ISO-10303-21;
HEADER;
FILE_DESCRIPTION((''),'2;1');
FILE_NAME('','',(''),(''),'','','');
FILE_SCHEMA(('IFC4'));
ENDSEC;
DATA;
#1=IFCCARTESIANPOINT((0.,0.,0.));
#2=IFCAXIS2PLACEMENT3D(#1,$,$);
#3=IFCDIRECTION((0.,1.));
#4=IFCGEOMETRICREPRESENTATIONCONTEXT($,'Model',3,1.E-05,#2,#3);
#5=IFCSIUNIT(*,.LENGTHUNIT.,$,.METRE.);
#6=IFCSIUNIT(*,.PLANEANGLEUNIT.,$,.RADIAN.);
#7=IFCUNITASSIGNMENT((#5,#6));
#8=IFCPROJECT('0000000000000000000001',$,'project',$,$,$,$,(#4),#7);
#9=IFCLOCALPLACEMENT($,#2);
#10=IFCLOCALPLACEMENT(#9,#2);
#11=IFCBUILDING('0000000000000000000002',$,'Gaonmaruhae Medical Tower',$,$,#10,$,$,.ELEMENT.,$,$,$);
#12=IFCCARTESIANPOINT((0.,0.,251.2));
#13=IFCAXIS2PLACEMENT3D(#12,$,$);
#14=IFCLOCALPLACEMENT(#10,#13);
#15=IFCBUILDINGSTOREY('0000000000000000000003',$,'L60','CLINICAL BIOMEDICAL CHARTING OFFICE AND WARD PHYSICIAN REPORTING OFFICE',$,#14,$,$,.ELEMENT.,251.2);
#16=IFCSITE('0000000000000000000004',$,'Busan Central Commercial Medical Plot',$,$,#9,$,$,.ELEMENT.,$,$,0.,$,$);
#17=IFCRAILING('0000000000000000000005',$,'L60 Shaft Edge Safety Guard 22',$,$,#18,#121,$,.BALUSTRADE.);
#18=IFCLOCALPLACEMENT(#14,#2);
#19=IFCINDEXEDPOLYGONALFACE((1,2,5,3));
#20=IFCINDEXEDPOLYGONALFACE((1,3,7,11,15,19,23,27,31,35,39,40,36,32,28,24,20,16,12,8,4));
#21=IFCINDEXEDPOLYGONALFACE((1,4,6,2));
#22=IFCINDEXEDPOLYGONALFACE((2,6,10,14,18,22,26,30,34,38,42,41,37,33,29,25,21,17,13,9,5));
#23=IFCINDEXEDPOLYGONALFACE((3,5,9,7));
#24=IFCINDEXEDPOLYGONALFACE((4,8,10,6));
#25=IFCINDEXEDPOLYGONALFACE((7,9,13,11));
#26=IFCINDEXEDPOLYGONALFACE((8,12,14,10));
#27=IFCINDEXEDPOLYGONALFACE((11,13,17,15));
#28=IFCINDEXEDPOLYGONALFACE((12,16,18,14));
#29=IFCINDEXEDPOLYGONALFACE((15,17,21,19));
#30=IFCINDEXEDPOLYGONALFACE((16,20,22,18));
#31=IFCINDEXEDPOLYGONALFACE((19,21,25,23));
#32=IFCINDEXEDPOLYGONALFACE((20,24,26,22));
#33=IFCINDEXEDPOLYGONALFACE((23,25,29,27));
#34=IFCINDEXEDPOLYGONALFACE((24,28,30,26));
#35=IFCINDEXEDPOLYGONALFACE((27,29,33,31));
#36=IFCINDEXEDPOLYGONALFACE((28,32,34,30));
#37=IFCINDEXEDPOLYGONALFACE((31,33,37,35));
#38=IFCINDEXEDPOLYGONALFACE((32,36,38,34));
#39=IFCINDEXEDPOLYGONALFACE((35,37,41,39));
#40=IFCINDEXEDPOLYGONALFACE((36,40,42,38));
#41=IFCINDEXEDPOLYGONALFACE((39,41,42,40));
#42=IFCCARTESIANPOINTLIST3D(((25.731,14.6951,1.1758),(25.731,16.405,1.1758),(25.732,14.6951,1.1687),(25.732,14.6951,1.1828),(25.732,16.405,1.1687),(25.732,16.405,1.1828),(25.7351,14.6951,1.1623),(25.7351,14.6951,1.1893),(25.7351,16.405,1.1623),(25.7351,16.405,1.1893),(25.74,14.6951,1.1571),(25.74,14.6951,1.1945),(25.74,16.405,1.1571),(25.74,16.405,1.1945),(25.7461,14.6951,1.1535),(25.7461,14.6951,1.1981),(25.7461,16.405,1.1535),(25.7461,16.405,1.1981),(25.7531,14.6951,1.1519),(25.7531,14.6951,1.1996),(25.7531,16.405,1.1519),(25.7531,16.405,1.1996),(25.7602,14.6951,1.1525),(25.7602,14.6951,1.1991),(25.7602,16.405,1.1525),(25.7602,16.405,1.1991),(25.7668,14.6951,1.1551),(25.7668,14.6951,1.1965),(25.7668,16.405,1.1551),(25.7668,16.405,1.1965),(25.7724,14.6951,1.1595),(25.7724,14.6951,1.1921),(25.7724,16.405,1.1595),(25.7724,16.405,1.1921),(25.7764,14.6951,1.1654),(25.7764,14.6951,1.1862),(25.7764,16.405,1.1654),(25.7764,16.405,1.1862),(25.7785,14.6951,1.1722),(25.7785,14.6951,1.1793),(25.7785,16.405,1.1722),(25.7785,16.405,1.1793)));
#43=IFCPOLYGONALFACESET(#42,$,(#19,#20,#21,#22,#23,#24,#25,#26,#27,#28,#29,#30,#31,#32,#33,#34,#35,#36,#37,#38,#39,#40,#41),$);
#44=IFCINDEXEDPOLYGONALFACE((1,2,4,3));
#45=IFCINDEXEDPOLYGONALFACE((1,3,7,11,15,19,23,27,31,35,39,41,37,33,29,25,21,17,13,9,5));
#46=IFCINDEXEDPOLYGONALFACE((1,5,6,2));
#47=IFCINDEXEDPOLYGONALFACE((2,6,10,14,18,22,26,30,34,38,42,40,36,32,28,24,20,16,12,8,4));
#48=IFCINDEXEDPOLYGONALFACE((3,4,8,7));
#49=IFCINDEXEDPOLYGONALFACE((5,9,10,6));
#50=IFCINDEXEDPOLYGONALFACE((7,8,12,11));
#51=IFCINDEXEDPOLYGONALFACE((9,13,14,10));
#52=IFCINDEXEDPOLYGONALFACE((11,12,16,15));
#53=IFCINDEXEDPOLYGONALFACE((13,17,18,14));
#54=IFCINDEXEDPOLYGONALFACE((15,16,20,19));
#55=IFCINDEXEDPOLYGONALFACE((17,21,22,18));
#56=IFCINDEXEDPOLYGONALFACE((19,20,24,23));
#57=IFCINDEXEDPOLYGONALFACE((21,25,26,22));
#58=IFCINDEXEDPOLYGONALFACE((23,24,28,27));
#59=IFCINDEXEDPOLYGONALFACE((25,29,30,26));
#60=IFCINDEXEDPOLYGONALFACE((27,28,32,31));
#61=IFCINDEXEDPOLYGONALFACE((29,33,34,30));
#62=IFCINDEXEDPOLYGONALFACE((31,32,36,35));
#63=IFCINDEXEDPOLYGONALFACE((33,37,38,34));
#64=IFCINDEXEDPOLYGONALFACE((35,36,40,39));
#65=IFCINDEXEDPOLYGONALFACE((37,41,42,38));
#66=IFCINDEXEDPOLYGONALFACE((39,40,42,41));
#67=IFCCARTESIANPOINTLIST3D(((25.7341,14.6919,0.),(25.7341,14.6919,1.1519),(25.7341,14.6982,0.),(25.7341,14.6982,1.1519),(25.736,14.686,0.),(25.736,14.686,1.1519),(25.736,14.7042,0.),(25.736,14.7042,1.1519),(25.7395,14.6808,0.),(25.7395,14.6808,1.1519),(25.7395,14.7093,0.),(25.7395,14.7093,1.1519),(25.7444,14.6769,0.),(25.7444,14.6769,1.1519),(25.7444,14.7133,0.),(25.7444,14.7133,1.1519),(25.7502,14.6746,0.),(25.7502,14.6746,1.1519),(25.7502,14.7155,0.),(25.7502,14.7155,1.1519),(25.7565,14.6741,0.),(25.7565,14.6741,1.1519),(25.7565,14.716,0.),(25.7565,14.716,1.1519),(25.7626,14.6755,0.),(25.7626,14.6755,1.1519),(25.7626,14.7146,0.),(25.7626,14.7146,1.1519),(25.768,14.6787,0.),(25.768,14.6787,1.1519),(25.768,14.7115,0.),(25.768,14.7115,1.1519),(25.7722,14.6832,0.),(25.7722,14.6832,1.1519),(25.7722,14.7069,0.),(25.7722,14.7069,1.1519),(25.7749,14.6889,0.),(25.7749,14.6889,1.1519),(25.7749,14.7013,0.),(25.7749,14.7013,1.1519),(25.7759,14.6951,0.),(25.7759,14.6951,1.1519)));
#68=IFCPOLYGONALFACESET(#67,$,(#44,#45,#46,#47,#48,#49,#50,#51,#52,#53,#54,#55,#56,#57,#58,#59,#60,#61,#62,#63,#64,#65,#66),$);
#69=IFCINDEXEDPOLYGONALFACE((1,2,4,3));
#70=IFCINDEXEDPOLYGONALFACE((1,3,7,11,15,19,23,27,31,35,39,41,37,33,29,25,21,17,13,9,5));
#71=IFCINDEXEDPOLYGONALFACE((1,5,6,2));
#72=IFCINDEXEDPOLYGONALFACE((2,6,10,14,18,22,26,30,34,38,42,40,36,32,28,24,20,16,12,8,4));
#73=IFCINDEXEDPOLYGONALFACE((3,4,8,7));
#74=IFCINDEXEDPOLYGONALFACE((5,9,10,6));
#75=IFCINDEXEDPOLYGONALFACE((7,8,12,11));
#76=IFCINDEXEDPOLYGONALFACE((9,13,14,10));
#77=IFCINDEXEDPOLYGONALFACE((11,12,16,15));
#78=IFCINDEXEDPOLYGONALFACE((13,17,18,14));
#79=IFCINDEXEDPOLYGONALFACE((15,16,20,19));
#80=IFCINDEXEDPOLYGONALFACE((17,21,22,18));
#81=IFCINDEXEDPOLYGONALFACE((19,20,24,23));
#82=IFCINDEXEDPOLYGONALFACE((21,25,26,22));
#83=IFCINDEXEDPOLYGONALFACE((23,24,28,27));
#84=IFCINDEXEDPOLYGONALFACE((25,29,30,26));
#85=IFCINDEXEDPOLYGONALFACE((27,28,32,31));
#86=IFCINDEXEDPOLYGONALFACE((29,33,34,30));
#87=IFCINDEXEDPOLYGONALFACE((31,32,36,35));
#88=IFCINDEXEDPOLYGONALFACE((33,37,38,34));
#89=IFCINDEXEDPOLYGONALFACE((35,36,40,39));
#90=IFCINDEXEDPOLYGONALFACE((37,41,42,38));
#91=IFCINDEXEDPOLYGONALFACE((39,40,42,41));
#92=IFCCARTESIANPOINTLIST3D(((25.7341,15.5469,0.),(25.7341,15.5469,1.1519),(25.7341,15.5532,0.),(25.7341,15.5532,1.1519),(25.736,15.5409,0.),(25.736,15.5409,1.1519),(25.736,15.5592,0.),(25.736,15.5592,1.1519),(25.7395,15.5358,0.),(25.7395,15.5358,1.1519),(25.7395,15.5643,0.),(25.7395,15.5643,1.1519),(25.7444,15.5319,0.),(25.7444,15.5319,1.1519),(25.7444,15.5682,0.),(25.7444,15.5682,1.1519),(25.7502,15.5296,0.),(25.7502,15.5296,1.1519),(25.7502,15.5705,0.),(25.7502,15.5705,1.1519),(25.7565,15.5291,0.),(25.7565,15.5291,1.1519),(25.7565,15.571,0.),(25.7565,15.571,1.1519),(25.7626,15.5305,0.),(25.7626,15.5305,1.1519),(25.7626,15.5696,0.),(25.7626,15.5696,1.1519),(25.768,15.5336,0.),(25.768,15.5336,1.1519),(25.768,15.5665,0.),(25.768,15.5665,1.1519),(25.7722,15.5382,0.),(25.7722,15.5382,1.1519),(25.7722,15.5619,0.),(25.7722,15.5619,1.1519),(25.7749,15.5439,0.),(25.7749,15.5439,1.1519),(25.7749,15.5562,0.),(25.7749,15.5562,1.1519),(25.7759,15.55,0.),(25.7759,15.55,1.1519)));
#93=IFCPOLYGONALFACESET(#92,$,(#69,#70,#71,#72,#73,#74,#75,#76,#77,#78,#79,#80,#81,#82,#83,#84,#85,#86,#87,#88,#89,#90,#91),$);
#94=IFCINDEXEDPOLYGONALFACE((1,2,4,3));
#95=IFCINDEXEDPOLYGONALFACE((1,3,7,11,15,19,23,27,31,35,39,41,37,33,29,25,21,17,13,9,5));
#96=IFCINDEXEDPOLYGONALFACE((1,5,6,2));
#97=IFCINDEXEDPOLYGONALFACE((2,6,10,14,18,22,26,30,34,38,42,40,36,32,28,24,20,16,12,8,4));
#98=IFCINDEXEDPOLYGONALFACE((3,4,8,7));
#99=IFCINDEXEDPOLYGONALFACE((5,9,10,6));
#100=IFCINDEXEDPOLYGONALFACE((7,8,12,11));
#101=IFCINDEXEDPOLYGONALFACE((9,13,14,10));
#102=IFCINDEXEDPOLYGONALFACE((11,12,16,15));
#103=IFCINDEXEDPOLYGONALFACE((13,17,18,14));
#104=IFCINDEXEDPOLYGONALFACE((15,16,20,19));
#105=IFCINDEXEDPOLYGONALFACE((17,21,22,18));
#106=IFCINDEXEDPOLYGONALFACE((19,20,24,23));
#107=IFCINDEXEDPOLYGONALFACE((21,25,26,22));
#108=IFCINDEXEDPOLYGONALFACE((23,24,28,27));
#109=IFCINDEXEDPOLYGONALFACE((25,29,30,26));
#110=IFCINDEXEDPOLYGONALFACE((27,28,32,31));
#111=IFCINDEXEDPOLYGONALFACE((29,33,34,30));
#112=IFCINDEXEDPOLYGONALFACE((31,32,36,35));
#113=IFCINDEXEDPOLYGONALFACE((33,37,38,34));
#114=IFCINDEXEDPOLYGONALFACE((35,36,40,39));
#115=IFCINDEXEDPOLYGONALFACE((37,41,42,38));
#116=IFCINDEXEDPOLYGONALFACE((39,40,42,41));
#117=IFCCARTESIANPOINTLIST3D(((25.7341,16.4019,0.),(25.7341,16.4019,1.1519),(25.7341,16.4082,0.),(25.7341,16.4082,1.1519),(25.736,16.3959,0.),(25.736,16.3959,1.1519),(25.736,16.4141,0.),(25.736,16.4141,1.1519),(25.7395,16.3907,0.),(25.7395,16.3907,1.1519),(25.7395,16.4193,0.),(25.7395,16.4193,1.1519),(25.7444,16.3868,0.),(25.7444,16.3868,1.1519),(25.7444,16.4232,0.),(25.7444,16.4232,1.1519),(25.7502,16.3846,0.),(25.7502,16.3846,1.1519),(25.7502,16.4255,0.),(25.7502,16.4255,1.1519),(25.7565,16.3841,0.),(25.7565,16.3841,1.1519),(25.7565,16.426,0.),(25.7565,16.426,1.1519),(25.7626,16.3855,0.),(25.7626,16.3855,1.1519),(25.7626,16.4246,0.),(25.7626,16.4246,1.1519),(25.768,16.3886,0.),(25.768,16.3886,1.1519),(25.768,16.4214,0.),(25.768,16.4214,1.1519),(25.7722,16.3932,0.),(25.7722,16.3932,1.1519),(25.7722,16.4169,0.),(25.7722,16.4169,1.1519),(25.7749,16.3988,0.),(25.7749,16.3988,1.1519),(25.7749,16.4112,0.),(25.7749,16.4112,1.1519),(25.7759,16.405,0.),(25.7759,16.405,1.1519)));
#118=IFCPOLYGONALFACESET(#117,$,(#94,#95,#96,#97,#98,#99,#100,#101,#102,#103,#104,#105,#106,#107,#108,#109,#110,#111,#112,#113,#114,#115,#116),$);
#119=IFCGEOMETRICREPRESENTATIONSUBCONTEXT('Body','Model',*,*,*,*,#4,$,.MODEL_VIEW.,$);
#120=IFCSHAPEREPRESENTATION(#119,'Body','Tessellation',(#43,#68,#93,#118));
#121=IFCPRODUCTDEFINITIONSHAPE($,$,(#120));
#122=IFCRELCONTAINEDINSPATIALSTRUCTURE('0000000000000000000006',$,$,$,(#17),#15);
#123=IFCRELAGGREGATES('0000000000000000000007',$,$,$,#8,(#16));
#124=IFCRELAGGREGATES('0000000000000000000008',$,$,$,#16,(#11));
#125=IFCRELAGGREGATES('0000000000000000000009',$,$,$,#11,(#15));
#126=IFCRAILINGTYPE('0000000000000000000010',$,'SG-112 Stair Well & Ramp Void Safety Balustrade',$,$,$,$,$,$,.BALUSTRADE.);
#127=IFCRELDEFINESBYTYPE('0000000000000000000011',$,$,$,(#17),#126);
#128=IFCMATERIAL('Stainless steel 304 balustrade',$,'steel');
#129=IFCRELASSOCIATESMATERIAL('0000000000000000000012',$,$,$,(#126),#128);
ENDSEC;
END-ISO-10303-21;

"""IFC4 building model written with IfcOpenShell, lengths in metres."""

from ifc_helpers import new_model, si_unit, direction, frame, origin, origin_2d, place, context, subcontext, project, spatial, circle, extrude, material, type_object, element, save


model = new_model("IFC4")

# Units and contexts
model_context = context("Model", 3, precision=1e-05, world=origin(), true_north=direction((0.0, 1.0)))
body_context = subcontext(model_context, "Body", "Model", "MODEL_VIEW")
ifc_project = project(units=[si_unit("LENGTHUNIT", "METRE"), si_unit("PLANEANGLEUNIT", "RADIAN")], contexts=[model_context])

# Site, building, storey
site_placement = place(None, origin())
site = spatial("IfcSite", under=ifc_project, at=site_placement, Name="Busan Central Commercial Medical Plot", CompositionType="ELEMENT", RefElevation=0.0)
building_placement = place(site_placement, origin())
building = spatial("IfcBuilding", under=site, at=building_placement, Name="Gaonmaruhae Medical Tower", CompositionType="ELEMENT")
storey_placement = place(building_placement, frame((0.0, 0.0, 251.2)))
storey = spatial("IfcBuildingStorey", under=building, at=storey_placement, Name="L60", Description="CLINICAL BIOMEDICAL CHARTING OFFICE AND WARD PHYSICIAN REPORTING OFFICE", CompositionType="ELEMENT", Elevation=251.2)

# Railing
ifc_material_1 = material(Name="Stainless steel 304 balustrade", Category="steel")
railing_type = type_object("IfcRailingType", Name="SG-112 Stair Well & Ramp Void Safety Balustrade", PredefinedType="BALUSTRADE", material=ifc_material_1)
railing_1_placement = place(storey_placement, frame((25.7549, 14.6951, 0.0)))
element("IfcRailing", 1, at=railing_1_placement, inside=storey, type_object=railing_type, Name="L60 Shaft Edge Safety Guard 22", PredefinedType="BALUSTRADE", context=body_context, shape_type="SweptSolid", body=[
    extrude(circle(Radius=0.0239, at=origin_2d()), frame((0.0, 0.0, 1.1758), z_axis=(0.0, 1.0, 0.0), x_axis=(-1.0, 0.0, 0.0)), (0.0, 0.0, 1.0), 1.71),
    extrude(circle(Radius=0.021, at=origin_2d()), origin(), (0.0, 0.0, 1.0), 1.1519),
    extrude(circle(Radius=0.021, at=origin_2d()), frame((0.0, 0.855, 0.0)), (0.0, 0.0, 1.0), 1.1519),
    extrude(circle(Radius=0.021, at=origin_2d()), frame((0.0, 1.71, 0.0)), (0.0, 0.0, 1.0), 1.1519),
])

save(model, "model.ifc")
